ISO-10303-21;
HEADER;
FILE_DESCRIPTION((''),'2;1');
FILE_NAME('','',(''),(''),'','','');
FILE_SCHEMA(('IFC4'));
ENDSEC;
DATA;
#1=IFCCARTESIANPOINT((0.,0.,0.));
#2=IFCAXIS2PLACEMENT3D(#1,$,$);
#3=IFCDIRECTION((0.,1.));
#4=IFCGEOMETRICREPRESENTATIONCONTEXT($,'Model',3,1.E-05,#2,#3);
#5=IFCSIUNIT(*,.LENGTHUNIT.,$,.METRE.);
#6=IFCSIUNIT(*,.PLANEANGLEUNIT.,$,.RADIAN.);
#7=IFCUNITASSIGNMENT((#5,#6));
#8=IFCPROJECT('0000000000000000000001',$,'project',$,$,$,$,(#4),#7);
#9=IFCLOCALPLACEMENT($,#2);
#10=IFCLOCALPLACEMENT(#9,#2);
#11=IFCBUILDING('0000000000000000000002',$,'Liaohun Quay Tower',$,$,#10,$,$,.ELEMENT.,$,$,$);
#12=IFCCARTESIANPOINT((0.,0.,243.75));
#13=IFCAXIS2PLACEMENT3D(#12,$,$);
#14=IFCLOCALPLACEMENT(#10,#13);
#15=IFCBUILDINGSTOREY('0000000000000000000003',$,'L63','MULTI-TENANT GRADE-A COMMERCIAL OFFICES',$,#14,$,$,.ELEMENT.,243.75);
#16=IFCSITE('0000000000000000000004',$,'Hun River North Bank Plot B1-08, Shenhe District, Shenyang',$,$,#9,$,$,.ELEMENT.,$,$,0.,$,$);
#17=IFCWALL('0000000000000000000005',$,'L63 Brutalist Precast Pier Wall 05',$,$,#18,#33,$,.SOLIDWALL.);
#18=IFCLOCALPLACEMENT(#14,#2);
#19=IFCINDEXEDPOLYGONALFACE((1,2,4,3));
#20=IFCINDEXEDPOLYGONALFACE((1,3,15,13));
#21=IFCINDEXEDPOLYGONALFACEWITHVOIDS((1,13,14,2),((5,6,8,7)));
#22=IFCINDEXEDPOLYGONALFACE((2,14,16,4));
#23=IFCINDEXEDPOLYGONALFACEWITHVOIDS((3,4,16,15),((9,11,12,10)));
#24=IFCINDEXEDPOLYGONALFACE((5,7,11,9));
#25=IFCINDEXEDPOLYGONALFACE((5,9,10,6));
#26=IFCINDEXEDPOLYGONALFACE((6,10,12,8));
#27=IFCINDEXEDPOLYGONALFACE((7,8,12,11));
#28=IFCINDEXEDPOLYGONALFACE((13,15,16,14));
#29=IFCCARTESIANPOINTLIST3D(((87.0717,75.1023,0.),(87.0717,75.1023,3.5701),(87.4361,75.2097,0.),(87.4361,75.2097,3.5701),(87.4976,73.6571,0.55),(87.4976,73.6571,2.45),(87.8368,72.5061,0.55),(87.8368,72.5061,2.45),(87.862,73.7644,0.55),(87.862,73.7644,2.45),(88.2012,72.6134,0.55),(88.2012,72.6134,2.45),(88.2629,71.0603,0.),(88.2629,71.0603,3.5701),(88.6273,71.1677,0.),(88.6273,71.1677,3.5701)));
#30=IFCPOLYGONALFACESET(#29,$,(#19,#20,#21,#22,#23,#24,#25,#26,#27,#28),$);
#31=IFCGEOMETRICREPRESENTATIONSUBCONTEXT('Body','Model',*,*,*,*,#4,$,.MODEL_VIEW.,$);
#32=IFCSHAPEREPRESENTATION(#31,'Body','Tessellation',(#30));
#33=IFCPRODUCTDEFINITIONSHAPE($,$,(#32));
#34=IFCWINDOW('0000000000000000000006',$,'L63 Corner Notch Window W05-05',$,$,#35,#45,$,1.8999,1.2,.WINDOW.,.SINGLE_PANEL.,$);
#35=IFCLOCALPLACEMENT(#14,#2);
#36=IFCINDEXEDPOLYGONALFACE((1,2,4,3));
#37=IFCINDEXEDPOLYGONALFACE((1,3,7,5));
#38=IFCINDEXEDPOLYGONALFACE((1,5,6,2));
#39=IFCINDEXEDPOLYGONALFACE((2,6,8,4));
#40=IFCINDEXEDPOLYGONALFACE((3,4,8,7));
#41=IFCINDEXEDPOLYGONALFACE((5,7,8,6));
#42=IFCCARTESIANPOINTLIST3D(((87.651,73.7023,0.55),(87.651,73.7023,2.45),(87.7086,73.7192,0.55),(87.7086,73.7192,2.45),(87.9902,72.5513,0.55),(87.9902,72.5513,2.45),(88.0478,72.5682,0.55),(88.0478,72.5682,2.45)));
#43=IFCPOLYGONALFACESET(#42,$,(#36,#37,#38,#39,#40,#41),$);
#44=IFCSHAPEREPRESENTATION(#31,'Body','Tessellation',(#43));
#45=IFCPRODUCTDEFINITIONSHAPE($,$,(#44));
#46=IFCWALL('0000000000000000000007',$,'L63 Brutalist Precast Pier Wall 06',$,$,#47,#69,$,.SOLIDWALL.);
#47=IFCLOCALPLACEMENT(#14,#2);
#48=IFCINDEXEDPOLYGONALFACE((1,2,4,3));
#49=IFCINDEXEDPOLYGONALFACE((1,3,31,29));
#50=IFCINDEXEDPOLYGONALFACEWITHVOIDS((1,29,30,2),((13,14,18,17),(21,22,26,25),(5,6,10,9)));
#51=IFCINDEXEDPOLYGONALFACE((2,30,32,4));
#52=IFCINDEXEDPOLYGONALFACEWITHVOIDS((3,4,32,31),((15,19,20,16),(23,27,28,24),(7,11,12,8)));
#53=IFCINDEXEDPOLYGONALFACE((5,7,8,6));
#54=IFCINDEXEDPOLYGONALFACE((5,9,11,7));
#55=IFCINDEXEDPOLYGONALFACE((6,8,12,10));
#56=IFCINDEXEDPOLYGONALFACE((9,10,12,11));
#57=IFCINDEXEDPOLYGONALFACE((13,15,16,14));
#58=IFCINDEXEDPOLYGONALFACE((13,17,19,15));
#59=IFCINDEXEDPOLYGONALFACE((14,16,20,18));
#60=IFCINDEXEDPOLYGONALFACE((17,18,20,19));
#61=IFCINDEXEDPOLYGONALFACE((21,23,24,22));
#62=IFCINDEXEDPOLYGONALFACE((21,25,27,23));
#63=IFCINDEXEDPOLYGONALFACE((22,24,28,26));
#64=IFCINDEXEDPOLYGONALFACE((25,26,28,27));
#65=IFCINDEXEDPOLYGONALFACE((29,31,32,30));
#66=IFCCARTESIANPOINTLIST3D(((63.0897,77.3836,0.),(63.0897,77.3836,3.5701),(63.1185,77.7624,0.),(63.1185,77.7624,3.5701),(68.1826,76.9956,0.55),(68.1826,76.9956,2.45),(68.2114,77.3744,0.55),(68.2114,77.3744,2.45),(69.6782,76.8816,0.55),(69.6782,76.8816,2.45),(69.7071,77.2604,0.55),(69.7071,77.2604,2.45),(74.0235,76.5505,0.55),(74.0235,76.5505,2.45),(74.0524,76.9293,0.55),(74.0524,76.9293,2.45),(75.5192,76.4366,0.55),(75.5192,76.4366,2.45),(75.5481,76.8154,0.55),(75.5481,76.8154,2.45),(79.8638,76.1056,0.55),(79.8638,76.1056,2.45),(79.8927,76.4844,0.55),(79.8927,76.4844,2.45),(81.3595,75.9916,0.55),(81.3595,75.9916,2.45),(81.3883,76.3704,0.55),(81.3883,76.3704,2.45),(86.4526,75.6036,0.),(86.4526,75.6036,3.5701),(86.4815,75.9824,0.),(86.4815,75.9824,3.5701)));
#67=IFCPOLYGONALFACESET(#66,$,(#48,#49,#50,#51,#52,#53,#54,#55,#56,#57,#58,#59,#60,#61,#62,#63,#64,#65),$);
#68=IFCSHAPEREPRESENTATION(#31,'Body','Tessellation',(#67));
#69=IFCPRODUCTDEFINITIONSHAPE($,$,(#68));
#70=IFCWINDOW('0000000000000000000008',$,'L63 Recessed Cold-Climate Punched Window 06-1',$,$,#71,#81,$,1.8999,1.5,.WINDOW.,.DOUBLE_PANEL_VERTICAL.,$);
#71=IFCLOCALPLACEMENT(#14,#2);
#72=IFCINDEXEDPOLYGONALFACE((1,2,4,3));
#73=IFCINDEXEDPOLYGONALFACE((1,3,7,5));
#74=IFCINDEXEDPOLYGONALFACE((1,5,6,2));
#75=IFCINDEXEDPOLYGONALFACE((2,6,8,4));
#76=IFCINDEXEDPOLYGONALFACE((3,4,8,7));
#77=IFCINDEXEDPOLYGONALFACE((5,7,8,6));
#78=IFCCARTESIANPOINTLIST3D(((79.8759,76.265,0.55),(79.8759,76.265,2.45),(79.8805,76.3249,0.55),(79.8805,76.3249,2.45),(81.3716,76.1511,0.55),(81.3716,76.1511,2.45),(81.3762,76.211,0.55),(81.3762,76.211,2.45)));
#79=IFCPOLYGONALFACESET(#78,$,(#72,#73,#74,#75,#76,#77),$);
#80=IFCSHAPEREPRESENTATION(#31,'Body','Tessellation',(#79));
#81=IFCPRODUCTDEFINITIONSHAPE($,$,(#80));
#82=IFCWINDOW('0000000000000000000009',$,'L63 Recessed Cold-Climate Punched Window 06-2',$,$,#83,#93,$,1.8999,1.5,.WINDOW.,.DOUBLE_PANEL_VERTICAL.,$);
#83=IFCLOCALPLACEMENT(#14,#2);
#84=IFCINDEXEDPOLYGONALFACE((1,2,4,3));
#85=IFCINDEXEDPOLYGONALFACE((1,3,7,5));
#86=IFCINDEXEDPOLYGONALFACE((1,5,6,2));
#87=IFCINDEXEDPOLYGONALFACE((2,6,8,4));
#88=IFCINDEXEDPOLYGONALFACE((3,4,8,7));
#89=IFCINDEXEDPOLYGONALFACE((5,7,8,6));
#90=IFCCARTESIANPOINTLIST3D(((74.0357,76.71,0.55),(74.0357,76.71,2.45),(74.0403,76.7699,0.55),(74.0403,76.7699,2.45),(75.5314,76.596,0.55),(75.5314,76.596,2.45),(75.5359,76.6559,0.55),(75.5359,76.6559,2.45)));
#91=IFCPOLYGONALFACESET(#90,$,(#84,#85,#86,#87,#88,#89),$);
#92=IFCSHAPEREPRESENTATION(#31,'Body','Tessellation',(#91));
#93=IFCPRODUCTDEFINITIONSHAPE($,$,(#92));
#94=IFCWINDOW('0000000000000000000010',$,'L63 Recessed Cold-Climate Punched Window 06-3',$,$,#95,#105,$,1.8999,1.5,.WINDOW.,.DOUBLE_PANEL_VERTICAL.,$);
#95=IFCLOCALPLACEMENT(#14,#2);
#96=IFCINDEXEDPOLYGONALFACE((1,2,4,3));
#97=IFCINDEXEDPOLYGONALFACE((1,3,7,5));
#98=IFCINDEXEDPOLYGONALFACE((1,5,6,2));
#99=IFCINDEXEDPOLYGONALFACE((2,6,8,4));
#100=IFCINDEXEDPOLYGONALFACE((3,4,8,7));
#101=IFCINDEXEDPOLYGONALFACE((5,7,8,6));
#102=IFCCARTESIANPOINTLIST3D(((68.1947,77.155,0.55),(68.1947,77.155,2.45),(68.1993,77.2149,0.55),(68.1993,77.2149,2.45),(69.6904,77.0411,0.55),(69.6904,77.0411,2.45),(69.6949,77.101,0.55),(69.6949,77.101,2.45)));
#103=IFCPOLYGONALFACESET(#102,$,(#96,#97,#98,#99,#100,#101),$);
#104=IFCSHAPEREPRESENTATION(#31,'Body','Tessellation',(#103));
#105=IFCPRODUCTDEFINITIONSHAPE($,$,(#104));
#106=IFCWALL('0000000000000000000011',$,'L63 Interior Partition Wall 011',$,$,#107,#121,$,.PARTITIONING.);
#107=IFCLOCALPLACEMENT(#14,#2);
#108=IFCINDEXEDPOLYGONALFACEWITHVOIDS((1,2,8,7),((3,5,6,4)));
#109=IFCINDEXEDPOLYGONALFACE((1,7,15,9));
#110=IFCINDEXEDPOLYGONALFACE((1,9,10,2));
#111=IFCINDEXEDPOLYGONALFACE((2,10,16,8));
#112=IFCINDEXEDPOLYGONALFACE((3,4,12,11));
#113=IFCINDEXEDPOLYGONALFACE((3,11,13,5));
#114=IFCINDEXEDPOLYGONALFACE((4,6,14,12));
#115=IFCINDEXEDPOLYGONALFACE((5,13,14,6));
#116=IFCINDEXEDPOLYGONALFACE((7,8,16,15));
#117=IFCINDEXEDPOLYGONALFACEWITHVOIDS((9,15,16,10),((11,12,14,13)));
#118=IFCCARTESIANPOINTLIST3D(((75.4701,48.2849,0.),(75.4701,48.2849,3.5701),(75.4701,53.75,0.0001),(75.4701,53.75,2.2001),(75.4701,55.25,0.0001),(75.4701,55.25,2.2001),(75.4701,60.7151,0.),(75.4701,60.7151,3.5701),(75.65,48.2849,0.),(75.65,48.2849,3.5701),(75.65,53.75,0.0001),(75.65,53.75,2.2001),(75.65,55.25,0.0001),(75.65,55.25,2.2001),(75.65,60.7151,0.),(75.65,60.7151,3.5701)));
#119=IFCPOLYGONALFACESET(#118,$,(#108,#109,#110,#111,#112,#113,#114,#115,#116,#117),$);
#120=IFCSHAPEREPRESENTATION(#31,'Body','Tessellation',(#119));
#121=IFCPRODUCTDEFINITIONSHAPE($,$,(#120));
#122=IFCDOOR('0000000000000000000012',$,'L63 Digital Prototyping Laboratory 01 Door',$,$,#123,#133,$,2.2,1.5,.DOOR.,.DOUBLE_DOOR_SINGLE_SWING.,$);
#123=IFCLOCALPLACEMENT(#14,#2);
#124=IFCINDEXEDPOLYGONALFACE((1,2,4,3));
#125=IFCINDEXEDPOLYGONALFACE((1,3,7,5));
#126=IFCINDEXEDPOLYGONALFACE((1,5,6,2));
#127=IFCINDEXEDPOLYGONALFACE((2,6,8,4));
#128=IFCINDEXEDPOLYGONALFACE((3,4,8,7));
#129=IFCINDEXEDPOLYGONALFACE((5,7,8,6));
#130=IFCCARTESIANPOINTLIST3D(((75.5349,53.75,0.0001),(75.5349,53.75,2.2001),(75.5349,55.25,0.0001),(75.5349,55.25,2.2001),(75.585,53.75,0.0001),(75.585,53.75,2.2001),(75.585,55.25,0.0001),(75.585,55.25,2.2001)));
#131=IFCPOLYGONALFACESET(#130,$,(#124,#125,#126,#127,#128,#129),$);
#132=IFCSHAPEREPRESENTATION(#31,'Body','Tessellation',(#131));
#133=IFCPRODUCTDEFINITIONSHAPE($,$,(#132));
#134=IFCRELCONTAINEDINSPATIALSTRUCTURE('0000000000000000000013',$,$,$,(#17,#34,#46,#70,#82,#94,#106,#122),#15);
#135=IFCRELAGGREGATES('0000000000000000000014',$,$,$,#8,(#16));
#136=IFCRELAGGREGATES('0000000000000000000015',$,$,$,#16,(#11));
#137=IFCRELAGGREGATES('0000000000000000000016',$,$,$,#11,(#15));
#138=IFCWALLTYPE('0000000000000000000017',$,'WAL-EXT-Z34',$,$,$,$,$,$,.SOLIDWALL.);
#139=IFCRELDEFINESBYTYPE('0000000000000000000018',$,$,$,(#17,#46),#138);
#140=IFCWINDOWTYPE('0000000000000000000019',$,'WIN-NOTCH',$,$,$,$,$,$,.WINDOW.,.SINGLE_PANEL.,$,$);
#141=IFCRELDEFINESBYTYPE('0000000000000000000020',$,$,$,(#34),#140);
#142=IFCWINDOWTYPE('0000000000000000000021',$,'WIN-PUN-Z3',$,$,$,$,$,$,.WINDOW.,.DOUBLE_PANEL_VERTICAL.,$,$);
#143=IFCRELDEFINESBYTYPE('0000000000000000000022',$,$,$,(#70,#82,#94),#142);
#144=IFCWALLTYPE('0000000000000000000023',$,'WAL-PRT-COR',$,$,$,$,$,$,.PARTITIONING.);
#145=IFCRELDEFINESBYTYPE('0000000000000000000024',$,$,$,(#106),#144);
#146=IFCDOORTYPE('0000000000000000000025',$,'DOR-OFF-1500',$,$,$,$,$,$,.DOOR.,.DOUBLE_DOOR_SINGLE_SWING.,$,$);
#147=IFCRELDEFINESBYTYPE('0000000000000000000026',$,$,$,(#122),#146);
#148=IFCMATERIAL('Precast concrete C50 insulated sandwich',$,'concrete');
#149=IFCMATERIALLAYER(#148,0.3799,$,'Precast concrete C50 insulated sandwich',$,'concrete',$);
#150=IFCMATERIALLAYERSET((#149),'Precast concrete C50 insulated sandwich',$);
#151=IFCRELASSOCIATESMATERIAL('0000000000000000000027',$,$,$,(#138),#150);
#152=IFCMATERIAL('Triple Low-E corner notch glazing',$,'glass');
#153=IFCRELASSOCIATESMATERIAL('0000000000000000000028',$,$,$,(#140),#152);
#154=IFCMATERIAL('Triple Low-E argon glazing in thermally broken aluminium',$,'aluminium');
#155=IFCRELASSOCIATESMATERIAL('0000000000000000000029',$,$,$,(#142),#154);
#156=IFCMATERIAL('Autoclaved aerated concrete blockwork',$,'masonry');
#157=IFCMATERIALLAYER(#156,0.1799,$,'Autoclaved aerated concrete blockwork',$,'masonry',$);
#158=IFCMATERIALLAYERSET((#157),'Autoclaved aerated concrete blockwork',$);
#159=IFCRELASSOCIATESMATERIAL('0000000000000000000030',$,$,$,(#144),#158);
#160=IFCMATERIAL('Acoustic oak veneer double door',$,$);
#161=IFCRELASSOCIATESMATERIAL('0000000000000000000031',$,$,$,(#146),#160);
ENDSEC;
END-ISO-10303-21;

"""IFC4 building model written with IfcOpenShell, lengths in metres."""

from ifc_helpers import new_model, si_unit, direction, frame, frame_2d, origin, place, context, subcontext, project, spatial, rectangle, extrude, source, transform, mapped, material, layer, layer_set, type_object, element, fill, save


model = new_model("IFC4")

# Units and contexts
model_context = context("Model", 3, precision=1e-05, world=origin(), true_north=direction((0.0, 1.0)))
body_context = subcontext(model_context, "Body", "Model", "MODEL_VIEW")
ifc_project = project(units=[si_unit("LENGTHUNIT", "METRE"), si_unit("PLANEANGLEUNIT", "RADIAN")], contexts=[model_context])

# Site, building, storey
site_placement = place(None, origin())
site = spatial("IfcSite", under=ifc_project, at=site_placement, Name="Hun River North Bank Plot B1-08, Shenhe District, Shenyang", CompositionType="ELEMENT", RefElevation=0.0)
building_placement = place(site_placement, origin())
building = spatial("IfcBuilding", under=site, at=building_placement, Name="Liaohun Quay Tower", CompositionType="ELEMENT")
storey_placement = place(building_placement, frame((0.0, 0.0, 243.75)))
storey = spatial("IfcBuildingStorey", under=building, at=storey_placement, Name="L63", Description="MULTI-TENANT GRADE-A COMMERCIAL OFFICES", CompositionType="ELEMENT", Elevation=243.75)

# Wall, opening, window
ifc_material_1 = material(Name="Precast concrete C50 insulated sandwich", Category="concrete")
ifc_layer_1 = layer(ifc_material_1, 0.3799, Name="Precast concrete C50 insulated sandwich", Category="concrete")
ifc_layer_set_1 = layer_set([ifc_layer_1], Name="Precast concrete C50 insulated sandwich")
wall_type_1 = type_object("IfcWallType", Name="WAL-EXT-Z34", PredefinedType="SOLIDWALL", material=ifc_layer_set_1)
shared_shape_1 = source(origin(), body_context, "Body", "SweptSolid", [
    extrude(rectangle(XDim=1.2, YDim=1.8999, at=frame_2d((0.6001, 0.95))), frame((0.0, 0.2, 0.0), z_axis=(0.0, -1.0, 0.0), x_axis=(1.0, 0.0, 0.0)), (0.0, 0.0, 1.0), 0.3999),
])
ifc_material_2 = material(Name="Triple Low-E corner notch glazing", Category="glass")
window_type_1 = type_object("IfcWindowType", Name="WIN-NOTCH", PartitioningType="SINGLE_PANEL", PredefinedType="WINDOW", material=ifc_material_2)
shared_shape_2 = source(origin(), body_context, "Body", "SweptSolid", [
    extrude(rectangle(XDim=1.2, YDim=1.8999, at=frame_2d((0.6001, 0.95))), frame((0.0, 0.03, 0.0), z_axis=(0.0, -1.0, 0.0), x_axis=(1.0, 0.0, 0.0)), (0.0, 0.0, 1.0), 0.0601),
])
wall_1_placement = place(storey_placement, frame((88.4451, 71.114, 0.0), z_axis=(0.0, 0.0, 1.0), x_axis=(-0.282678, 0.959215, 0.0)))
wall_1 = element("IfcWall", 1, at=wall_1_placement, inside=storey, type_object=wall_type_1, Name="L63 Brutalist Precast Pier Wall 05", PredefinedType="SOLIDWALL", context=body_context, shape_type="SweptSolid", body=[
    extrude(rectangle(XDim=4.2139, YDim=0.3799, at=frame_2d((2.1069, 0.0))), origin(), (0.0, 0.0, 1.0), 3.5701),
])
opening_1_placement = place(wall_1_placement, frame((1.5071, 0.0, 0.55)))
opening_1 = element("IfcOpeningElement", 2, at=opening_1_placement, cuts=wall_1, PredefinedType="OPENING", context=body_context, shape_type="MappedRepresentation", body=[
    mapped(shared_shape_1, transform((0.0, 0.0, 0.0), x_axis=(1.0, 0.0, 0.0), y_axis=(0.0, 1.0, 0.0), z_axis=(0.0, 0.0, 1.0), scale=1.0)),
])
window_1_placement = place(opening_1_placement, origin())
window_1 = element("IfcWindow", 3, at=window_1_placement, inside=storey, type_object=window_type_1, Name="L63 Corner Notch Window W05-05", OverallHeight=1.8999, OverallWidth=1.2, PartitioningType="SINGLE_PANEL", PredefinedType="WINDOW", context=body_context, shape_type="MappedRepresentation", body=[
    mapped(shared_shape_2, transform((0.0, 0.0, 0.0), x_axis=(1.0, 0.0, 0.0), y_axis=(0.0, 1.0, 0.0), z_axis=(0.0, 0.0, 1.0), scale=1.0)),
])
fill(opening_1, window_1)

# Wall, openings, windows
wall_2_placement = place(storey_placement, frame((86.467, 75.793, 0.0), z_axis=(0.0, 0.0, 1.0), x_axis=(-0.99711, 0.07597, 0.0)))
wall_2 = element("IfcWall", 4, at=wall_2_placement, inside=storey, type_object=wall_type_1, Name="L63 Brutalist Precast Pier Wall 06", PredefinedType="SOLIDWALL", context=body_context, shape_type="SweptSolid", body=[
    extrude(rectangle(XDim=23.4307, YDim=0.3799, at=frame_2d((11.7153, 0.0))), origin(), (0.0, 0.0, 1.0), 3.5701),
])
shared_shape_3 = source(origin(), body_context, "Body", "SweptSolid", [
    extrude(rectangle(XDim=1.5, YDim=1.8999, at=frame_2d((0.75, 0.95))), frame((0.0, 0.2, 0.0), z_axis=(0.0, -1.0, 0.0), x_axis=(1.0, 0.0, 0.0)), (0.0, 0.0, 1.0), 0.3999),
])
opening_2_placement = place(wall_2_placement, frame((5.1079, 0.0, 0.55)))
opening_2 = element("IfcOpeningElement", 5, at=opening_2_placement, cuts=wall_2, PredefinedType="OPENING", context=body_context, shape_type="MappedRepresentation", body=[
    mapped(shared_shape_3, transform((0.0, 0.0, 0.0), x_axis=(1.0, 0.0, 0.0), y_axis=(0.0, 1.0, 0.0), z_axis=(0.0, 0.0, 1.0), scale=1.0)),
])
opening_3_placement = place(wall_2_placement, frame((10.9651, 0.0, 0.55)))
opening_3 = element("IfcOpeningElement", 6, at=opening_3_placement, cuts=wall_2, PredefinedType="OPENING", context=body_context, shape_type="MappedRepresentation", body=[
    mapped(shared_shape_3, transform((0.0, 0.0, 0.0), x_axis=(1.0, 0.0, 0.0), y_axis=(0.0, 1.0, 0.0), z_axis=(0.0, 0.0, 1.0), scale=1.0)),
])
opening_4_placement = place(wall_2_placement, frame((16.823, 0.0, 0.55)))
opening_4 = element("IfcOpeningElement", 7, at=opening_4_placement, cuts=wall_2, PredefinedType="OPENING", context=body_context, shape_type="MappedRepresentation", body=[
    mapped(shared_shape_3, transform((0.0, 0.0, 0.0), x_axis=(1.0, 0.0, 0.0), y_axis=(0.0, 1.0, 0.0), z_axis=(0.0, 0.0, 1.0), scale=1.0)),
])
ifc_material_3 = material(Name="Triple Low-E argon glazing in thermally broken aluminium", Category="aluminium")
window_type_2 = type_object("IfcWindowType", Name="WIN-PUN-Z3", PartitioningType="DOUBLE_PANEL_VERTICAL", PredefinedType="WINDOW", material=ifc_material_3)
shared_shape_4 = source(origin(), body_context, "Body", "SweptSolid", [
    extrude(rectangle(XDim=1.5, YDim=1.8999, at=frame_2d((0.75, 0.95))), frame((0.0, 0.03, 0.0), z_axis=(0.0, -1.0, 0.0), x_axis=(1.0, 0.0, 0.0)), (0.0, 0.0, 1.0), 0.0601),
])
window_2_placement = place(opening_2_placement, origin())
window_2 = element("IfcWindow", 8, at=window_2_placement, inside=storey, type_object=window_type_2, Name="L63 Recessed Cold-Climate Punched Window 06-1", OverallHeight=1.8999, OverallWidth=1.5, PartitioningType="DOUBLE_PANEL_VERTICAL", PredefinedType="WINDOW", context=body_context, shape_type="MappedRepresentation", body=[
    mapped(shared_shape_4, transform((0.0, 0.0, 0.0), x_axis=(1.0, 0.0, 0.0), y_axis=(0.0, 1.0, 0.0), z_axis=(0.0, 0.0, 1.0), scale=1.0)),
])
fill(opening_2, window_2)
window_3_placement = place(opening_3_placement, origin())
window_3 = element("IfcWindow", 9, at=window_3_placement, inside=storey, type_object=window_type_2, Name="L63 Recessed Cold-Climate Punched Window 06-2", OverallHeight=1.8999, OverallWidth=1.5, PartitioningType="DOUBLE_PANEL_VERTICAL", PredefinedType="WINDOW", context=body_context, shape_type="MappedRepresentation", body=[
    mapped(shared_shape_4, transform((0.0, 0.0, 0.0), x_axis=(1.0, 0.0, 0.0), y_axis=(0.0, 1.0, 0.0), z_axis=(0.0, 0.0, 1.0), scale=1.0)),
])
fill(opening_3, window_3)
window_4_placement = place(opening_4_placement, origin())
window_4 = element("IfcWindow", 10, at=window_4_placement, inside=storey, type_object=window_type_2, Name="L63 Recessed Cold-Climate Punched Window 06-3", OverallHeight=1.8999, OverallWidth=1.5, PartitioningType="DOUBLE_PANEL_VERTICAL", PredefinedType="WINDOW", context=body_context, shape_type="MappedRepresentation", body=[
    mapped(shared_shape_4, transform((0.0, 0.0, 0.0), x_axis=(1.0, 0.0, 0.0), y_axis=(0.0, 1.0, 0.0), z_axis=(0.0, 0.0, 1.0), scale=1.0)),
])
fill(opening_4, window_4)

# Wall, opening, door
ifc_material_4 = material(Name="Autoclaved aerated concrete blockwork", Category="masonry")
ifc_layer_2 = layer(ifc_material_4, 0.1799, Name="Autoclaved aerated concrete blockwork", Category="masonry")
ifc_layer_set_2 = layer_set([ifc_layer_2], Name="Autoclaved aerated concrete blockwork")
wall_type_2 = type_object("IfcWallType", Name="WAL-PRT-COR", PredefinedType="PARTITIONING", material=ifc_layer_set_2)
wall_3_placement = place(storey_placement, frame((75.5601, 60.7151, 0.0), z_axis=(0.0, 0.0, 1.0), x_axis=(0.0, -1.0, 0.0)))
wall_3 = element("IfcWall", 11, at=wall_3_placement, inside=storey, type_object=wall_type_2, Name="L63 Interior Partition Wall 011", PredefinedType="PARTITIONING", context=body_context, shape_type="SweptSolid", body=[
    extrude(rectangle(XDim=12.4302, YDim=0.1799, at=frame_2d((6.2151, 0.0))), origin(), (0.0, 0.0, 1.0), 3.5701),
])
shared_shape_5 = source(origin(), body_context, "Body", "SweptSolid", [
    extrude(rectangle(XDim=1.5, YDim=2.2, at=frame_2d((0.75, 1.1001))), frame((0.0, 0.0999, 0.0), z_axis=(0.0, -1.0, 0.0), x_axis=(1.0, 0.0, 0.0)), (0.0, 0.0, 1.0), 0.2),
])
opening_5_placement = place(wall_3_placement, frame((5.4651, 0.0, 0.0)))
opening_5 = element("IfcOpeningElement", 12, at=opening_5_placement, cuts=wall_3, PredefinedType="OPENING", context=body_context, shape_type="MappedRepresentation", body=[
    mapped(shared_shape_5, transform((0.0, 0.0, 0.0), x_axis=(1.0, 0.0, 0.0), y_axis=(0.0, 1.0, 0.0), z_axis=(0.0, 0.0, 1.0), scale=1.0)),
])
ifc_material_5 = material(Name="Acoustic oak veneer double door")
door_type_1 = type_object("IfcDoorType", Name="DOR-OFF-1500", OperationType="DOUBLE_DOOR_SINGLE_SWING", PredefinedType="DOOR", material=ifc_material_5)
shared_shape_6 = source(origin(), body_context, "Body", "SweptSolid", [
    extrude(rectangle(XDim=1.5, YDim=2.2, at=frame_2d((0.75, 1.1001))), frame((0.0, 0.0249, 0.0), z_axis=(0.0, -1.0, 0.0), x_axis=(1.0, 0.0, 0.0)), (0.0, 0.0, 1.0), 0.05),
])
door_1_placement = place(opening_5_placement, origin())
door_1 = element("IfcDoor", 13, at=door_1_placement, inside=storey, type_object=door_type_1, Name="L63 Digital Prototyping Laboratory 01 Door", OperationType="DOUBLE_DOOR_SINGLE_SWING", OverallHeight=2.2, OverallWidth=1.5, PredefinedType="DOOR", context=body_context, shape_type="MappedRepresentation", body=[
    mapped(shared_shape_6, transform((0.0, 0.0, 0.0), x_axis=(1.0, 0.0, 0.0), y_axis=(0.0, 1.0, 0.0), z_axis=(0.0, 0.0, 1.0), scale=1.0)),
])
fill(opening_5, door_1)

save(model, "model.ifc")
